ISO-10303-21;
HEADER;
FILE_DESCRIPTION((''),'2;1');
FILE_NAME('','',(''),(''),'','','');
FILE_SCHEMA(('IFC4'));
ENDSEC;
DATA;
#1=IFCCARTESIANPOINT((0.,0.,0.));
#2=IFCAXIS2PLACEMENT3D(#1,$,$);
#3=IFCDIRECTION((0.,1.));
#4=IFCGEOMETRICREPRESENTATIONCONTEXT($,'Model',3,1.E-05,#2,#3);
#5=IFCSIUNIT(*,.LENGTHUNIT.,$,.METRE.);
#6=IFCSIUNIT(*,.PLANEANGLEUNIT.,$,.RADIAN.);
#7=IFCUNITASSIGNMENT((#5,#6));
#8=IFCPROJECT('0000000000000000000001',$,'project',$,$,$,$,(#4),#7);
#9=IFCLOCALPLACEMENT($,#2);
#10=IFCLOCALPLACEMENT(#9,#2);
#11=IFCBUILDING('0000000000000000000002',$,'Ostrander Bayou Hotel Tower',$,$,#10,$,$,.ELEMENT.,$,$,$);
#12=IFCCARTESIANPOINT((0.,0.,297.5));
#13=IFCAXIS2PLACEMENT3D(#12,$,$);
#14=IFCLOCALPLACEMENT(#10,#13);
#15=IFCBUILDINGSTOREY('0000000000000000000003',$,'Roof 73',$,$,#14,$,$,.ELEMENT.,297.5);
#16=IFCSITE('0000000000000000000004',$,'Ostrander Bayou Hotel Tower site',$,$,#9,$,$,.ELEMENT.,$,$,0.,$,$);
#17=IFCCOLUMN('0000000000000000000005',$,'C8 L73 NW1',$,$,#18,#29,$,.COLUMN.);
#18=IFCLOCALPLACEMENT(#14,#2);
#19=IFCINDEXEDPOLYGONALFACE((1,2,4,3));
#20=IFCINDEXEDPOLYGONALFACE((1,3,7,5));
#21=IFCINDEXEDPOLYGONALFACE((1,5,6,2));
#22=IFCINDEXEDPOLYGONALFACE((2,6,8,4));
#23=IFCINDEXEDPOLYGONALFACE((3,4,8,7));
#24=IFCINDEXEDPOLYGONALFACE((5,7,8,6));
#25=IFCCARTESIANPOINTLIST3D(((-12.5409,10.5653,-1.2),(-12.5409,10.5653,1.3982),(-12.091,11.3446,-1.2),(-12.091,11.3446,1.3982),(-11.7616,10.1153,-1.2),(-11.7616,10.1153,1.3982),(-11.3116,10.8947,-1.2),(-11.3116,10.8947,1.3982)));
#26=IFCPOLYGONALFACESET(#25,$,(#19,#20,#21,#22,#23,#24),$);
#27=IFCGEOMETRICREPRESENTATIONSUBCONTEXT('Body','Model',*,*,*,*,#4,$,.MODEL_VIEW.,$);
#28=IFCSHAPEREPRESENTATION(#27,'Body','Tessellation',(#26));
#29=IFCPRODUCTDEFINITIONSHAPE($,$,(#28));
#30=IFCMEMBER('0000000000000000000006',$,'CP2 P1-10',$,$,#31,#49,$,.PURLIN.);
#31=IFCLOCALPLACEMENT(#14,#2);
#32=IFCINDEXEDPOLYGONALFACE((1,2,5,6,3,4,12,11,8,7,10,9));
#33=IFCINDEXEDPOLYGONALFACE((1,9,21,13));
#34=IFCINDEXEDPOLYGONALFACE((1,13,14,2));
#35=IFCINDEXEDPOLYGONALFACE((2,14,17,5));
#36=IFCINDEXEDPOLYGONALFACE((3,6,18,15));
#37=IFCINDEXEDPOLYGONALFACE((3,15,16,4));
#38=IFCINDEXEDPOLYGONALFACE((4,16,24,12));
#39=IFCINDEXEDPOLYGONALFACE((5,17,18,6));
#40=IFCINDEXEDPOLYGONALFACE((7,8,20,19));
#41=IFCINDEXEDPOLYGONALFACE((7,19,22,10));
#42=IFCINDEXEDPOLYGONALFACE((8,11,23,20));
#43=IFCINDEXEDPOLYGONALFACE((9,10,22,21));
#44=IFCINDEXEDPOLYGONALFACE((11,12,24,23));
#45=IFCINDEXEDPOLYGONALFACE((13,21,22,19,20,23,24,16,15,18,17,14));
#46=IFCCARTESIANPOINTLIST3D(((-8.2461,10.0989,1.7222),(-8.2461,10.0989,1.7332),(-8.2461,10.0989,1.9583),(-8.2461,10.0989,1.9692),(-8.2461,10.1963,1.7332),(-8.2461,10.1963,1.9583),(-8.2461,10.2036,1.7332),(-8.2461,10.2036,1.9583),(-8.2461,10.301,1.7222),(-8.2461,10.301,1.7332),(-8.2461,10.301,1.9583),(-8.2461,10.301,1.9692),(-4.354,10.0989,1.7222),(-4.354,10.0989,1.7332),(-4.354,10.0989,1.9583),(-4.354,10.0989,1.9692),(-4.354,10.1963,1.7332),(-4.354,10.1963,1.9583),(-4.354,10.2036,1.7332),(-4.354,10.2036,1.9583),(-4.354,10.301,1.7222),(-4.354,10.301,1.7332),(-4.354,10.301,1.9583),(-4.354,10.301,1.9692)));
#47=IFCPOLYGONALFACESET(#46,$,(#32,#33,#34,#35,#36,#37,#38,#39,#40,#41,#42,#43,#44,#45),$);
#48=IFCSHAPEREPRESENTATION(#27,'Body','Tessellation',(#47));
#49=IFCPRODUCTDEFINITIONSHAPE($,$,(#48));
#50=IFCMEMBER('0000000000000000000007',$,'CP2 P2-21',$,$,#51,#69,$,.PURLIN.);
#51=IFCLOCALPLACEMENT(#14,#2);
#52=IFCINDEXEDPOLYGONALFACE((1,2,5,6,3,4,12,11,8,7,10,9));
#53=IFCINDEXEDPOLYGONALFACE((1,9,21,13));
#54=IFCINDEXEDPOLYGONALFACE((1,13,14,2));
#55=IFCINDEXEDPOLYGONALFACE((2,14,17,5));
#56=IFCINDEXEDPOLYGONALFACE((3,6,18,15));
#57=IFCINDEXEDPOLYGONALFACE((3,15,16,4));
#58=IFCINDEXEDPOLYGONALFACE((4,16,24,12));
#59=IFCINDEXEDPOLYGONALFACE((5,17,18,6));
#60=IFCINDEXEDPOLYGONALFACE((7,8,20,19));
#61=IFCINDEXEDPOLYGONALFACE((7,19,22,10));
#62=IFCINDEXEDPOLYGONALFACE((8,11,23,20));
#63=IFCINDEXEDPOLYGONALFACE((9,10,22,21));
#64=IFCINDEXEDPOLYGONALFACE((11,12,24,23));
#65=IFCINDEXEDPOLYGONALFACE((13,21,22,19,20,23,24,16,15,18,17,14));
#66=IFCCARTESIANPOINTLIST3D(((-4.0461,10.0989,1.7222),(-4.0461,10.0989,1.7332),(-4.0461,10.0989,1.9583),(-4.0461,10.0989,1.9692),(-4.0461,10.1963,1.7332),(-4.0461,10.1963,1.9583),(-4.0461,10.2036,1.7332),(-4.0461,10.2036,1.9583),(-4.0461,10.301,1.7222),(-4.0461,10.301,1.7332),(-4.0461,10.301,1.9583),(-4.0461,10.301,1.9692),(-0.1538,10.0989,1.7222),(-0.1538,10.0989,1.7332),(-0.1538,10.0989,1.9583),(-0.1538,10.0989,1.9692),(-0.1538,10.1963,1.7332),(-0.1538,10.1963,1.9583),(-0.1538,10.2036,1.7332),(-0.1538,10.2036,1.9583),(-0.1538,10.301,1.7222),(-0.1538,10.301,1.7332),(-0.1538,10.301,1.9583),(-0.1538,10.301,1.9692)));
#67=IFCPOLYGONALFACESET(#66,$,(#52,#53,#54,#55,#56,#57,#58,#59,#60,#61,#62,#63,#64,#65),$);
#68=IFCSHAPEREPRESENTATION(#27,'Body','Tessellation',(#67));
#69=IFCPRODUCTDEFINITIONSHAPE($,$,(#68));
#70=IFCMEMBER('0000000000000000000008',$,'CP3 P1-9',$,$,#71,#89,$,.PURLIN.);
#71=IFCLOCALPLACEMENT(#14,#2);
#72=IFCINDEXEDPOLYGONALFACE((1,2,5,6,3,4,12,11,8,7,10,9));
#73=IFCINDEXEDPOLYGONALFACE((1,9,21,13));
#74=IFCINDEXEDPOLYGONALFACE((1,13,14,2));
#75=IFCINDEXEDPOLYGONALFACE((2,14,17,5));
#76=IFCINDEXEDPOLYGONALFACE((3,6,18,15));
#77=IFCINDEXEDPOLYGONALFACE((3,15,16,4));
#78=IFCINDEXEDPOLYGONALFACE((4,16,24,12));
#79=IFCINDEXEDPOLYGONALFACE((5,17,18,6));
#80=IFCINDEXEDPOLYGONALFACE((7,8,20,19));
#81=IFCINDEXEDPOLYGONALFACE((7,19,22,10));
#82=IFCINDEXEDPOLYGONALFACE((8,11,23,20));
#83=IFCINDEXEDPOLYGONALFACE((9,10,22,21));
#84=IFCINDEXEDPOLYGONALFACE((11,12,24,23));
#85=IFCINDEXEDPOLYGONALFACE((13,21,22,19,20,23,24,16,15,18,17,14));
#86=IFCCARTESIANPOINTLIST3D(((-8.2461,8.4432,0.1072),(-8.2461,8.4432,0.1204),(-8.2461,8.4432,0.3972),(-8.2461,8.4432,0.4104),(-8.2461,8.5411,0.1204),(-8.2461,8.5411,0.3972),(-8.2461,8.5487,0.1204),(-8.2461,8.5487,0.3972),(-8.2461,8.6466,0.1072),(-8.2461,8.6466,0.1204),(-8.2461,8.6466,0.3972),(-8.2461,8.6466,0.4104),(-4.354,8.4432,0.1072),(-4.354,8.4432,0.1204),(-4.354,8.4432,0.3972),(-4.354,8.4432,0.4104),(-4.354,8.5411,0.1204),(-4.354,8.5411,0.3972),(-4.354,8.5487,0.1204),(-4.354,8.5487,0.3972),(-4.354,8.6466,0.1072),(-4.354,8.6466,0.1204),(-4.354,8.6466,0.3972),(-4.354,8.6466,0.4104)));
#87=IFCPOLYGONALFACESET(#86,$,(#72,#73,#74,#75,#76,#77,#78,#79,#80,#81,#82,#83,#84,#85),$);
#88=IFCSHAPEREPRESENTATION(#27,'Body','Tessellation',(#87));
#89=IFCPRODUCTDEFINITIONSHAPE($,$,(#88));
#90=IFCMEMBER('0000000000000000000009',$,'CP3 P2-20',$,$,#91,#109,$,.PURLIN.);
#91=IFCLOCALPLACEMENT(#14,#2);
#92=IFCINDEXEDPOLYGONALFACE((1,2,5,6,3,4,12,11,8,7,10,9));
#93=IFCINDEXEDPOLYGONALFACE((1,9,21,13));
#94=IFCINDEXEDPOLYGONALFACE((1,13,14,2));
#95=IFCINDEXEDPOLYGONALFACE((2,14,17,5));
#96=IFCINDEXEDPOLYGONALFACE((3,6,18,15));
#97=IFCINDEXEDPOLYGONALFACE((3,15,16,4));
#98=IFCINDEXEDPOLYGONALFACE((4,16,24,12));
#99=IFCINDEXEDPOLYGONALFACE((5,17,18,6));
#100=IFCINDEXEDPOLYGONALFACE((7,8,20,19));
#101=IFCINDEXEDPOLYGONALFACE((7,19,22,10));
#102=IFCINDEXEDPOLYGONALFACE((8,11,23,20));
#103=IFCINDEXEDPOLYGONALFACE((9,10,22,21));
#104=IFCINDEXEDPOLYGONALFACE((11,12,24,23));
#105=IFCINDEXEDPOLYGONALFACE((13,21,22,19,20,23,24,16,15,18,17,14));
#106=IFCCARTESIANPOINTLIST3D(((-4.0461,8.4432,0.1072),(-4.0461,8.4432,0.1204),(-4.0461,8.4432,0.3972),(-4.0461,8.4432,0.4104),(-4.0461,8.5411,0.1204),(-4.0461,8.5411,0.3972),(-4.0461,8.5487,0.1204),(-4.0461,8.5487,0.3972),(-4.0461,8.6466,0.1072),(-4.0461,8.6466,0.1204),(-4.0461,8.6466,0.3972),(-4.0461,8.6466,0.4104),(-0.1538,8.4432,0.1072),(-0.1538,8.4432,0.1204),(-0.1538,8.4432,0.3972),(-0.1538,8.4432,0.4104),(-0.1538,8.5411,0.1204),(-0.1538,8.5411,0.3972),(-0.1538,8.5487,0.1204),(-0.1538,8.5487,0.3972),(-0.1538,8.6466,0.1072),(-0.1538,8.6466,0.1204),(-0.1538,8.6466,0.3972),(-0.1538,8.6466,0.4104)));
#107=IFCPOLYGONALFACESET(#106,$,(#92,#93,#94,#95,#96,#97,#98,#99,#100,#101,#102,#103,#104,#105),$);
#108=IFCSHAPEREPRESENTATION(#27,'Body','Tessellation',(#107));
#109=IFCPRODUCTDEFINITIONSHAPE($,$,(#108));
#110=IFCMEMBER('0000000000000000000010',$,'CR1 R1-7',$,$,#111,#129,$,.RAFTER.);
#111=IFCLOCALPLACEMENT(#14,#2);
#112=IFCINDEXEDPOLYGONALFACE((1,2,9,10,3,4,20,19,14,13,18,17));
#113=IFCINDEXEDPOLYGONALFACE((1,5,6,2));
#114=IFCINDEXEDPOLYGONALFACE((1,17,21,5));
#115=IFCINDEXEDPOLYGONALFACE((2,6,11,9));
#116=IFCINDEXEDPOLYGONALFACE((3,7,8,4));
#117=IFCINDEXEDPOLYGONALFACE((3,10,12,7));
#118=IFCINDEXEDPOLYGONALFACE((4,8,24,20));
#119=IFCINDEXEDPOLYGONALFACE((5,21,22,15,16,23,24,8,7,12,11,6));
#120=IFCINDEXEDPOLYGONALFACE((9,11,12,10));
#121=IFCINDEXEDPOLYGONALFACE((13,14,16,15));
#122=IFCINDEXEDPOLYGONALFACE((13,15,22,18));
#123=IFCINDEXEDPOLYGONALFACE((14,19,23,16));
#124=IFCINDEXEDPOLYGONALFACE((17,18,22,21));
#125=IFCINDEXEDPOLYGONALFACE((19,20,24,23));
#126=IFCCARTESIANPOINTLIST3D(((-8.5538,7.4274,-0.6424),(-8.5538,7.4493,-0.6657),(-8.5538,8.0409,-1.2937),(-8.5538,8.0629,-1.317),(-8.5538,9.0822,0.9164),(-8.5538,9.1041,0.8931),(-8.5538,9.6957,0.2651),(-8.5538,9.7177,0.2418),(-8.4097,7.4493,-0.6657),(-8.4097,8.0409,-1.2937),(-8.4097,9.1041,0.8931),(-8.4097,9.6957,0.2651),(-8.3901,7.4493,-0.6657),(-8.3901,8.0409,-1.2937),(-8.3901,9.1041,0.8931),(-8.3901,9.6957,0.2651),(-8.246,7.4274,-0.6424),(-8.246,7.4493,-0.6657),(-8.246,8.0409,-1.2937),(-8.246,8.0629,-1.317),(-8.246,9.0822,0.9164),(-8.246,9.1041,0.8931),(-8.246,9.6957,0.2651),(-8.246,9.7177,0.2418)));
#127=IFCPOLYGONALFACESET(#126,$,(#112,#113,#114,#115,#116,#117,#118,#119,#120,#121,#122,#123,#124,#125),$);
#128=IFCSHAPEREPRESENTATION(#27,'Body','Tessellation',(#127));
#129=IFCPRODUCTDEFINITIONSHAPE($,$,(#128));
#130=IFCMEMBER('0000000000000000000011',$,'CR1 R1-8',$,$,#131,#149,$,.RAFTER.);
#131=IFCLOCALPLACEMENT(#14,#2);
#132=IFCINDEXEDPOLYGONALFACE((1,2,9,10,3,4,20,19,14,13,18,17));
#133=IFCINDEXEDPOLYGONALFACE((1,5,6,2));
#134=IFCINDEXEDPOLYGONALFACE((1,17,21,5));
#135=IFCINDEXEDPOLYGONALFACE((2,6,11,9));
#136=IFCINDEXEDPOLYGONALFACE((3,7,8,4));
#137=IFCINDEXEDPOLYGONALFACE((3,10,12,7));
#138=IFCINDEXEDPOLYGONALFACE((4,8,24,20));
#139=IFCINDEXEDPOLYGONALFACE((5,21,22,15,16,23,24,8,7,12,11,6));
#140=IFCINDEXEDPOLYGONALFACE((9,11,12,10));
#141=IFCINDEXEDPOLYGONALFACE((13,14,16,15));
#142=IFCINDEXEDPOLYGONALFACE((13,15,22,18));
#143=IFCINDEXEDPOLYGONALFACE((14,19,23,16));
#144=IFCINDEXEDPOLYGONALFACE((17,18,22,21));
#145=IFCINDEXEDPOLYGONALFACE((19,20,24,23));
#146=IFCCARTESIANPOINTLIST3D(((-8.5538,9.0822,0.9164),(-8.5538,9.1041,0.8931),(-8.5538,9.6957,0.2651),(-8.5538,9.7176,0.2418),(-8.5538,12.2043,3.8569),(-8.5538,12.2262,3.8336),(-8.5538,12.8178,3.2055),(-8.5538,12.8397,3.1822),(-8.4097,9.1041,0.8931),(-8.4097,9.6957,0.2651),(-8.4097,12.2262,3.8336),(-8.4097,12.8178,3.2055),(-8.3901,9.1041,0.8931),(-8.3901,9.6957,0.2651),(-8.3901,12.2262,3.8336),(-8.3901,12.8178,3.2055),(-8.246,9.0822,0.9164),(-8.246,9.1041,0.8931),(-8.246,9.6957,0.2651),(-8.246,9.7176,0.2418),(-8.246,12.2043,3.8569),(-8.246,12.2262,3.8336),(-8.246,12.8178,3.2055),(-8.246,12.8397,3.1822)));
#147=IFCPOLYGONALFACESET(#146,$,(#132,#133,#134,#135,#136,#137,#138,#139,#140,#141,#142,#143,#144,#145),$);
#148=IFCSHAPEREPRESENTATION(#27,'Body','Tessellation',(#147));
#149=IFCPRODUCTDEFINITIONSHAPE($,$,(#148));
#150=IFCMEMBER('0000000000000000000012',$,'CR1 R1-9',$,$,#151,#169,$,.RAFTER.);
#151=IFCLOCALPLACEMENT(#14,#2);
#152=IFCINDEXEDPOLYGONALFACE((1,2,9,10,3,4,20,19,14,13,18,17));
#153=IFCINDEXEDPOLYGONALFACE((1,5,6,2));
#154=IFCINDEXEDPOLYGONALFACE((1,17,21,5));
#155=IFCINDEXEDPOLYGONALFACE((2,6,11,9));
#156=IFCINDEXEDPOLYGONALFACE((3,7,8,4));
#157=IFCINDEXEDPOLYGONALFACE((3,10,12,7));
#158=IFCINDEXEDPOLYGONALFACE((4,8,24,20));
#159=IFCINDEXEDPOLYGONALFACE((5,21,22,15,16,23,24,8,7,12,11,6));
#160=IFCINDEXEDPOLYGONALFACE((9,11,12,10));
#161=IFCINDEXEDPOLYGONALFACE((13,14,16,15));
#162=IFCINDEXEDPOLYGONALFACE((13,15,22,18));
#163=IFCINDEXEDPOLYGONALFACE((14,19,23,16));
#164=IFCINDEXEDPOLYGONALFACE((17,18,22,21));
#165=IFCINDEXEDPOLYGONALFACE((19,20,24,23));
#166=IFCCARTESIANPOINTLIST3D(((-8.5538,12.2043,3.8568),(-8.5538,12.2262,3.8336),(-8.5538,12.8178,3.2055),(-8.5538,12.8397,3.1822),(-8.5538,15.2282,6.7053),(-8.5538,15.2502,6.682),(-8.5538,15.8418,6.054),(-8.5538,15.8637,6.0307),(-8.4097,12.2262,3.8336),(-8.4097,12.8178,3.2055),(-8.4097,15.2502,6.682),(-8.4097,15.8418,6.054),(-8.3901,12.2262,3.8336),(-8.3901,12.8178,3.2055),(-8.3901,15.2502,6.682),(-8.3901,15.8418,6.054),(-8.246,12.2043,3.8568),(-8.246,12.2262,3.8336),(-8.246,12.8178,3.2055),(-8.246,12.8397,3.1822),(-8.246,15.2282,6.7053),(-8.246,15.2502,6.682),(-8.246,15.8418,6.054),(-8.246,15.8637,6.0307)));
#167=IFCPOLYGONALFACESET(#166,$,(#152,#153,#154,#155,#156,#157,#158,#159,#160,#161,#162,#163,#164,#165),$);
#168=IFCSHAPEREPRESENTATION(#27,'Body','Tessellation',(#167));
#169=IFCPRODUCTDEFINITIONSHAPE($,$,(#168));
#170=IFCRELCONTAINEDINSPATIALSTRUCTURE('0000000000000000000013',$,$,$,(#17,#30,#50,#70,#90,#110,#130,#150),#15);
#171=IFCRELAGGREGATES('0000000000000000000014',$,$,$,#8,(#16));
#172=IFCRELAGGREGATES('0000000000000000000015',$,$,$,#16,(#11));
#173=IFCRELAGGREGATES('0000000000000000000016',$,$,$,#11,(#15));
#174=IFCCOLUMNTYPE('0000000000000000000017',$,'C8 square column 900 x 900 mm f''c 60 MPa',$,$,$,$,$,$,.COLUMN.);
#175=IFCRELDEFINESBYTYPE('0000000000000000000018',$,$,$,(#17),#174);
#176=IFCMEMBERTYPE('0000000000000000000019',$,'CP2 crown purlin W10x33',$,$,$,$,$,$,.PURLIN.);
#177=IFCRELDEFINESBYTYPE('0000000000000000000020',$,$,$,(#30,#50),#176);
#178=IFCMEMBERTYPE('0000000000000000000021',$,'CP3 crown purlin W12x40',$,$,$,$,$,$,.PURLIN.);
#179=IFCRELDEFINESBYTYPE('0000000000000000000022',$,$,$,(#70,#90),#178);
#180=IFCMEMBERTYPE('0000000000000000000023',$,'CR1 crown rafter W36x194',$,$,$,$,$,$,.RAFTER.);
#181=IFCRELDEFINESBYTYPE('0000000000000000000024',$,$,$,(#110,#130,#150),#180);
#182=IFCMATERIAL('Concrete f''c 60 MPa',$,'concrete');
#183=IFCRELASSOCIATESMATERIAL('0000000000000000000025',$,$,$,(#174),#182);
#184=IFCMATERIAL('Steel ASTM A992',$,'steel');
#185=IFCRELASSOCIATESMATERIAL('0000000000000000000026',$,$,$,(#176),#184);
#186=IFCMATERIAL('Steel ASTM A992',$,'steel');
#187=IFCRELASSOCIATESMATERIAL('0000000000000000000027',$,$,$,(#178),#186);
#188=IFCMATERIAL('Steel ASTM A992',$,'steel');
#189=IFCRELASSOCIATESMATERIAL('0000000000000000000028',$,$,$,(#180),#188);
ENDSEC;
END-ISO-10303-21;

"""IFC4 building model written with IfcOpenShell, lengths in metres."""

from ifc_helpers import new_model, si_unit, direction, frame, origin, origin_2d, place, context, subcontext, project, spatial, rectangle, i_section, extrude, material, material_profile, profile_set, type_object, element, save


model = new_model("IFC4")

# Units and contexts
model_context = context("Model", 3, precision=1e-05, world=origin(), true_north=direction((0.0, 1.0)))
body_context = subcontext(model_context, "Body", "Model", "MODEL_VIEW")
ifc_project = project(units=[si_unit("LENGTHUNIT", "METRE"), si_unit("PLANEANGLEUNIT", "RADIAN")], contexts=[model_context])

# Site, building, storey
site_placement = place(None, origin())
site = spatial("IfcSite", under=ifc_project, at=site_placement, Name="Ostrander Bayou Hotel Tower site", CompositionType="ELEMENT", RefElevation=0.0)
building_placement = place(site_placement, origin())
building = spatial("IfcBuilding", under=site, at=building_placement, Name="Ostrander Bayou Hotel Tower", CompositionType="ELEMENT")
storey_placement = place(building_placement, frame((0.0, 0.0, 297.5)))
storey = spatial("IfcBuildingStorey", under=building, at=storey_placement, Name="Roof 73", CompositionType="ELEMENT", Elevation=297.5)

# Column
ifc_material_1 = material(Name="Concrete f'c 60 MPa", Category="concrete")
ifc_material_profile_1 = material_profile(ifc_material_1, rectangle(XDim=0.8999, YDim=0.8999, at=origin_2d()))
ifc_profile_set_1 = profile_set([ifc_material_profile_1], Name="Concrete f'c 60 MPa")
column_type = type_object("IfcColumnType", Name="C8 square column 900 x 900 mm f'c 60 MPa", PredefinedType="COLUMN", material=ifc_profile_set_1)
column_placement = place(storey_placement, frame((-11.9263, 10.73, -1.2), z_axis=(0.0, 0.0, 1.0), x_axis=(0.5, 0.866025, 0.0)))
element("IfcColumn", 1, at=column_placement, inside=storey, type_object=column_type, Name="C8 L73 NW1", PredefinedType="COLUMN", context=body_context, shape_type="SweptSolid", body=[
    extrude(rectangle(XDim=0.8999, YDim=0.8999, at=origin_2d()), origin(), (0.0, 0.0, 1.0), 2.5981),
])

# Members
ifc_material_2 = material(Name="Steel ASTM A992", Category="steel")
ifc_material_profile_2 = material_profile(ifc_material_2, i_section(OverallWidth=0.2021, OverallDepth=0.2471, WebThickness=0.0073, FlangeThickness=0.011, at=origin_2d()))
ifc_profile_set_2 = profile_set([ifc_material_profile_2], Name="Steel ASTM A992")
member_type_1 = type_object("IfcMemberType", Name="CP2 crown purlin W10x33", PredefinedType="PURLIN", material=ifc_profile_set_2)
member_1_placement = place(storey_placement, frame((-8.2461, 10.2, 1.8457), z_axis=(1.0, 0.0, 0.0), x_axis=(0.0, 1.0, 0.0)))
element("IfcMember", 2, at=member_1_placement, inside=storey, type_object=member_type_1, Name="CP2 P1-10", PredefinedType="PURLIN", context=body_context, shape_type="SweptSolid", body=[
    extrude(i_section(OverallWidth=0.2021, OverallDepth=0.2471, WebThickness=0.0073, FlangeThickness=0.011, at=origin_2d()), origin(), (0.0, 0.0, 1.0), 3.8921),
])
member_2_placement = place(storey_placement, frame((-4.0461, 10.2, 1.8457), z_axis=(1.0, 0.0, 0.0), x_axis=(0.0, 1.0, 0.0)))
element("IfcMember", 3, at=member_2_placement, inside=storey, type_object=member_type_1, Name="CP2 P2-21", PredefinedType="PURLIN", context=body_context, shape_type="SweptSolid", body=[
    extrude(i_section(OverallWidth=0.2021, OverallDepth=0.2471, WebThickness=0.0073, FlangeThickness=0.011, at=origin_2d()), origin(), (0.0, 0.0, 1.0), 3.8923),
])
ifc_material_3 = material(Name="Steel ASTM A992", Category="steel")
ifc_material_profile_3 = material_profile(ifc_material_3, i_section(OverallWidth=0.2034, OverallDepth=0.3032, WebThickness=0.0076, FlangeThickness=0.0132, at=origin_2d()))
ifc_profile_set_3 = profile_set([ifc_material_profile_3], Name="Steel ASTM A992")
member_type_2 = type_object("IfcMemberType", Name="CP3 crown purlin W12x40", PredefinedType="PURLIN", material=ifc_profile_set_3)
member_3_placement = place(storey_placement, frame((-8.2461, 8.5449, 0.2588), z_axis=(1.0, 0.0, 0.0), x_axis=(0.0, 1.0, 0.0)))
element("IfcMember", 4, at=member_3_placement, inside=storey, type_object=member_type_2, Name="CP3 P1-9", PredefinedType="PURLIN", context=body_context, shape_type="SweptSolid", body=[
    extrude(i_section(OverallWidth=0.2034, OverallDepth=0.3032, WebThickness=0.0076, FlangeThickness=0.0132, at=origin_2d()), origin(), (0.0, 0.0, 1.0), 3.8921),
])
member_4_placement = place(storey_placement, frame((-4.0461, 8.5449, 0.2588), z_axis=(1.0, 0.0, 0.0), x_axis=(0.0, 1.0, 0.0)))
element("IfcMember", 5, at=member_4_placement, inside=storey, type_object=member_type_2, Name="CP3 P2-20", PredefinedType="PURLIN", context=body_context, shape_type="SweptSolid", body=[
    extrude(i_section(OverallWidth=0.2034, OverallDepth=0.3032, WebThickness=0.0076, FlangeThickness=0.0132, at=origin_2d()), origin(), (0.0, 0.0, 1.0), 3.8923),
])
ifc_material_4 = material(Name="Steel ASTM A992", Category="steel")
ifc_material_profile_4 = material_profile(ifc_material_4, i_section(OverallWidth=0.3079, OverallDepth=0.9268, WebThickness=0.0195, FlangeThickness=0.032, at=origin_2d()))
ifc_profile_set_4 = profile_set([ifc_material_profile_4], Name="Steel ASTM A992")
member_type_3 = type_object("IfcMemberType", Name="CR1 crown rafter W36x194", PredefinedType="RAFTER", material=ifc_profile_set_4)
member_5_placement = place(storey_placement, frame((-8.3999, 7.7451, -0.9797), z_axis=(0.0, 0.727894, 0.68569), x_axis=(-1.0, 0.0, 0.0)))
element("IfcMember", 6, at=member_5_placement, inside=storey, type_object=member_type_3, Name="CR1 R1-7", PredefinedType="RAFTER", context=body_context, shape_type="SweptSolid", body=[
    extrude(i_section(OverallWidth=0.3079, OverallDepth=0.9268, WebThickness=0.0195, FlangeThickness=0.032, at=origin_2d()), origin(), (0.0, 0.0, 1.0), 2.2734),
])
member_6_placement = place(storey_placement, frame((-8.3999, 9.3999, 0.5791), z_axis=(0.0, 0.727966, 0.685613), x_axis=(-1.0, 0.0, 0.0)))
element("IfcMember", 7, at=member_6_placement, inside=storey, type_object=member_type_3, Name="CR1 R1-8", PredefinedType="RAFTER", context=body_context, shape_type="SweptSolid", body=[
    extrude(i_section(OverallWidth=0.3079, OverallDepth=0.9268, WebThickness=0.0195, FlangeThickness=0.032, at=origin_2d()), origin(), (0.0, 0.0, 1.0), 4.2888),
])
member_7_placement = place(storey_placement, frame((-8.3999, 12.522, 3.5195), z_axis=(0.0, 0.727919, 0.685663), x_axis=(-1.0, 0.0, 0.0)))
element("IfcMember", 8, at=member_7_placement, inside=storey, type_object=member_type_3, Name="CR1 R1-9", PredefinedType="RAFTER", context=body_context, shape_type="SweptSolid", body=[
    extrude(i_section(OverallWidth=0.3079, OverallDepth=0.9268, WebThickness=0.0195, FlangeThickness=0.032, at=origin_2d()), origin(), (0.0, 0.0, 1.0), 4.1543),
])

save(model, "model.ifc")
